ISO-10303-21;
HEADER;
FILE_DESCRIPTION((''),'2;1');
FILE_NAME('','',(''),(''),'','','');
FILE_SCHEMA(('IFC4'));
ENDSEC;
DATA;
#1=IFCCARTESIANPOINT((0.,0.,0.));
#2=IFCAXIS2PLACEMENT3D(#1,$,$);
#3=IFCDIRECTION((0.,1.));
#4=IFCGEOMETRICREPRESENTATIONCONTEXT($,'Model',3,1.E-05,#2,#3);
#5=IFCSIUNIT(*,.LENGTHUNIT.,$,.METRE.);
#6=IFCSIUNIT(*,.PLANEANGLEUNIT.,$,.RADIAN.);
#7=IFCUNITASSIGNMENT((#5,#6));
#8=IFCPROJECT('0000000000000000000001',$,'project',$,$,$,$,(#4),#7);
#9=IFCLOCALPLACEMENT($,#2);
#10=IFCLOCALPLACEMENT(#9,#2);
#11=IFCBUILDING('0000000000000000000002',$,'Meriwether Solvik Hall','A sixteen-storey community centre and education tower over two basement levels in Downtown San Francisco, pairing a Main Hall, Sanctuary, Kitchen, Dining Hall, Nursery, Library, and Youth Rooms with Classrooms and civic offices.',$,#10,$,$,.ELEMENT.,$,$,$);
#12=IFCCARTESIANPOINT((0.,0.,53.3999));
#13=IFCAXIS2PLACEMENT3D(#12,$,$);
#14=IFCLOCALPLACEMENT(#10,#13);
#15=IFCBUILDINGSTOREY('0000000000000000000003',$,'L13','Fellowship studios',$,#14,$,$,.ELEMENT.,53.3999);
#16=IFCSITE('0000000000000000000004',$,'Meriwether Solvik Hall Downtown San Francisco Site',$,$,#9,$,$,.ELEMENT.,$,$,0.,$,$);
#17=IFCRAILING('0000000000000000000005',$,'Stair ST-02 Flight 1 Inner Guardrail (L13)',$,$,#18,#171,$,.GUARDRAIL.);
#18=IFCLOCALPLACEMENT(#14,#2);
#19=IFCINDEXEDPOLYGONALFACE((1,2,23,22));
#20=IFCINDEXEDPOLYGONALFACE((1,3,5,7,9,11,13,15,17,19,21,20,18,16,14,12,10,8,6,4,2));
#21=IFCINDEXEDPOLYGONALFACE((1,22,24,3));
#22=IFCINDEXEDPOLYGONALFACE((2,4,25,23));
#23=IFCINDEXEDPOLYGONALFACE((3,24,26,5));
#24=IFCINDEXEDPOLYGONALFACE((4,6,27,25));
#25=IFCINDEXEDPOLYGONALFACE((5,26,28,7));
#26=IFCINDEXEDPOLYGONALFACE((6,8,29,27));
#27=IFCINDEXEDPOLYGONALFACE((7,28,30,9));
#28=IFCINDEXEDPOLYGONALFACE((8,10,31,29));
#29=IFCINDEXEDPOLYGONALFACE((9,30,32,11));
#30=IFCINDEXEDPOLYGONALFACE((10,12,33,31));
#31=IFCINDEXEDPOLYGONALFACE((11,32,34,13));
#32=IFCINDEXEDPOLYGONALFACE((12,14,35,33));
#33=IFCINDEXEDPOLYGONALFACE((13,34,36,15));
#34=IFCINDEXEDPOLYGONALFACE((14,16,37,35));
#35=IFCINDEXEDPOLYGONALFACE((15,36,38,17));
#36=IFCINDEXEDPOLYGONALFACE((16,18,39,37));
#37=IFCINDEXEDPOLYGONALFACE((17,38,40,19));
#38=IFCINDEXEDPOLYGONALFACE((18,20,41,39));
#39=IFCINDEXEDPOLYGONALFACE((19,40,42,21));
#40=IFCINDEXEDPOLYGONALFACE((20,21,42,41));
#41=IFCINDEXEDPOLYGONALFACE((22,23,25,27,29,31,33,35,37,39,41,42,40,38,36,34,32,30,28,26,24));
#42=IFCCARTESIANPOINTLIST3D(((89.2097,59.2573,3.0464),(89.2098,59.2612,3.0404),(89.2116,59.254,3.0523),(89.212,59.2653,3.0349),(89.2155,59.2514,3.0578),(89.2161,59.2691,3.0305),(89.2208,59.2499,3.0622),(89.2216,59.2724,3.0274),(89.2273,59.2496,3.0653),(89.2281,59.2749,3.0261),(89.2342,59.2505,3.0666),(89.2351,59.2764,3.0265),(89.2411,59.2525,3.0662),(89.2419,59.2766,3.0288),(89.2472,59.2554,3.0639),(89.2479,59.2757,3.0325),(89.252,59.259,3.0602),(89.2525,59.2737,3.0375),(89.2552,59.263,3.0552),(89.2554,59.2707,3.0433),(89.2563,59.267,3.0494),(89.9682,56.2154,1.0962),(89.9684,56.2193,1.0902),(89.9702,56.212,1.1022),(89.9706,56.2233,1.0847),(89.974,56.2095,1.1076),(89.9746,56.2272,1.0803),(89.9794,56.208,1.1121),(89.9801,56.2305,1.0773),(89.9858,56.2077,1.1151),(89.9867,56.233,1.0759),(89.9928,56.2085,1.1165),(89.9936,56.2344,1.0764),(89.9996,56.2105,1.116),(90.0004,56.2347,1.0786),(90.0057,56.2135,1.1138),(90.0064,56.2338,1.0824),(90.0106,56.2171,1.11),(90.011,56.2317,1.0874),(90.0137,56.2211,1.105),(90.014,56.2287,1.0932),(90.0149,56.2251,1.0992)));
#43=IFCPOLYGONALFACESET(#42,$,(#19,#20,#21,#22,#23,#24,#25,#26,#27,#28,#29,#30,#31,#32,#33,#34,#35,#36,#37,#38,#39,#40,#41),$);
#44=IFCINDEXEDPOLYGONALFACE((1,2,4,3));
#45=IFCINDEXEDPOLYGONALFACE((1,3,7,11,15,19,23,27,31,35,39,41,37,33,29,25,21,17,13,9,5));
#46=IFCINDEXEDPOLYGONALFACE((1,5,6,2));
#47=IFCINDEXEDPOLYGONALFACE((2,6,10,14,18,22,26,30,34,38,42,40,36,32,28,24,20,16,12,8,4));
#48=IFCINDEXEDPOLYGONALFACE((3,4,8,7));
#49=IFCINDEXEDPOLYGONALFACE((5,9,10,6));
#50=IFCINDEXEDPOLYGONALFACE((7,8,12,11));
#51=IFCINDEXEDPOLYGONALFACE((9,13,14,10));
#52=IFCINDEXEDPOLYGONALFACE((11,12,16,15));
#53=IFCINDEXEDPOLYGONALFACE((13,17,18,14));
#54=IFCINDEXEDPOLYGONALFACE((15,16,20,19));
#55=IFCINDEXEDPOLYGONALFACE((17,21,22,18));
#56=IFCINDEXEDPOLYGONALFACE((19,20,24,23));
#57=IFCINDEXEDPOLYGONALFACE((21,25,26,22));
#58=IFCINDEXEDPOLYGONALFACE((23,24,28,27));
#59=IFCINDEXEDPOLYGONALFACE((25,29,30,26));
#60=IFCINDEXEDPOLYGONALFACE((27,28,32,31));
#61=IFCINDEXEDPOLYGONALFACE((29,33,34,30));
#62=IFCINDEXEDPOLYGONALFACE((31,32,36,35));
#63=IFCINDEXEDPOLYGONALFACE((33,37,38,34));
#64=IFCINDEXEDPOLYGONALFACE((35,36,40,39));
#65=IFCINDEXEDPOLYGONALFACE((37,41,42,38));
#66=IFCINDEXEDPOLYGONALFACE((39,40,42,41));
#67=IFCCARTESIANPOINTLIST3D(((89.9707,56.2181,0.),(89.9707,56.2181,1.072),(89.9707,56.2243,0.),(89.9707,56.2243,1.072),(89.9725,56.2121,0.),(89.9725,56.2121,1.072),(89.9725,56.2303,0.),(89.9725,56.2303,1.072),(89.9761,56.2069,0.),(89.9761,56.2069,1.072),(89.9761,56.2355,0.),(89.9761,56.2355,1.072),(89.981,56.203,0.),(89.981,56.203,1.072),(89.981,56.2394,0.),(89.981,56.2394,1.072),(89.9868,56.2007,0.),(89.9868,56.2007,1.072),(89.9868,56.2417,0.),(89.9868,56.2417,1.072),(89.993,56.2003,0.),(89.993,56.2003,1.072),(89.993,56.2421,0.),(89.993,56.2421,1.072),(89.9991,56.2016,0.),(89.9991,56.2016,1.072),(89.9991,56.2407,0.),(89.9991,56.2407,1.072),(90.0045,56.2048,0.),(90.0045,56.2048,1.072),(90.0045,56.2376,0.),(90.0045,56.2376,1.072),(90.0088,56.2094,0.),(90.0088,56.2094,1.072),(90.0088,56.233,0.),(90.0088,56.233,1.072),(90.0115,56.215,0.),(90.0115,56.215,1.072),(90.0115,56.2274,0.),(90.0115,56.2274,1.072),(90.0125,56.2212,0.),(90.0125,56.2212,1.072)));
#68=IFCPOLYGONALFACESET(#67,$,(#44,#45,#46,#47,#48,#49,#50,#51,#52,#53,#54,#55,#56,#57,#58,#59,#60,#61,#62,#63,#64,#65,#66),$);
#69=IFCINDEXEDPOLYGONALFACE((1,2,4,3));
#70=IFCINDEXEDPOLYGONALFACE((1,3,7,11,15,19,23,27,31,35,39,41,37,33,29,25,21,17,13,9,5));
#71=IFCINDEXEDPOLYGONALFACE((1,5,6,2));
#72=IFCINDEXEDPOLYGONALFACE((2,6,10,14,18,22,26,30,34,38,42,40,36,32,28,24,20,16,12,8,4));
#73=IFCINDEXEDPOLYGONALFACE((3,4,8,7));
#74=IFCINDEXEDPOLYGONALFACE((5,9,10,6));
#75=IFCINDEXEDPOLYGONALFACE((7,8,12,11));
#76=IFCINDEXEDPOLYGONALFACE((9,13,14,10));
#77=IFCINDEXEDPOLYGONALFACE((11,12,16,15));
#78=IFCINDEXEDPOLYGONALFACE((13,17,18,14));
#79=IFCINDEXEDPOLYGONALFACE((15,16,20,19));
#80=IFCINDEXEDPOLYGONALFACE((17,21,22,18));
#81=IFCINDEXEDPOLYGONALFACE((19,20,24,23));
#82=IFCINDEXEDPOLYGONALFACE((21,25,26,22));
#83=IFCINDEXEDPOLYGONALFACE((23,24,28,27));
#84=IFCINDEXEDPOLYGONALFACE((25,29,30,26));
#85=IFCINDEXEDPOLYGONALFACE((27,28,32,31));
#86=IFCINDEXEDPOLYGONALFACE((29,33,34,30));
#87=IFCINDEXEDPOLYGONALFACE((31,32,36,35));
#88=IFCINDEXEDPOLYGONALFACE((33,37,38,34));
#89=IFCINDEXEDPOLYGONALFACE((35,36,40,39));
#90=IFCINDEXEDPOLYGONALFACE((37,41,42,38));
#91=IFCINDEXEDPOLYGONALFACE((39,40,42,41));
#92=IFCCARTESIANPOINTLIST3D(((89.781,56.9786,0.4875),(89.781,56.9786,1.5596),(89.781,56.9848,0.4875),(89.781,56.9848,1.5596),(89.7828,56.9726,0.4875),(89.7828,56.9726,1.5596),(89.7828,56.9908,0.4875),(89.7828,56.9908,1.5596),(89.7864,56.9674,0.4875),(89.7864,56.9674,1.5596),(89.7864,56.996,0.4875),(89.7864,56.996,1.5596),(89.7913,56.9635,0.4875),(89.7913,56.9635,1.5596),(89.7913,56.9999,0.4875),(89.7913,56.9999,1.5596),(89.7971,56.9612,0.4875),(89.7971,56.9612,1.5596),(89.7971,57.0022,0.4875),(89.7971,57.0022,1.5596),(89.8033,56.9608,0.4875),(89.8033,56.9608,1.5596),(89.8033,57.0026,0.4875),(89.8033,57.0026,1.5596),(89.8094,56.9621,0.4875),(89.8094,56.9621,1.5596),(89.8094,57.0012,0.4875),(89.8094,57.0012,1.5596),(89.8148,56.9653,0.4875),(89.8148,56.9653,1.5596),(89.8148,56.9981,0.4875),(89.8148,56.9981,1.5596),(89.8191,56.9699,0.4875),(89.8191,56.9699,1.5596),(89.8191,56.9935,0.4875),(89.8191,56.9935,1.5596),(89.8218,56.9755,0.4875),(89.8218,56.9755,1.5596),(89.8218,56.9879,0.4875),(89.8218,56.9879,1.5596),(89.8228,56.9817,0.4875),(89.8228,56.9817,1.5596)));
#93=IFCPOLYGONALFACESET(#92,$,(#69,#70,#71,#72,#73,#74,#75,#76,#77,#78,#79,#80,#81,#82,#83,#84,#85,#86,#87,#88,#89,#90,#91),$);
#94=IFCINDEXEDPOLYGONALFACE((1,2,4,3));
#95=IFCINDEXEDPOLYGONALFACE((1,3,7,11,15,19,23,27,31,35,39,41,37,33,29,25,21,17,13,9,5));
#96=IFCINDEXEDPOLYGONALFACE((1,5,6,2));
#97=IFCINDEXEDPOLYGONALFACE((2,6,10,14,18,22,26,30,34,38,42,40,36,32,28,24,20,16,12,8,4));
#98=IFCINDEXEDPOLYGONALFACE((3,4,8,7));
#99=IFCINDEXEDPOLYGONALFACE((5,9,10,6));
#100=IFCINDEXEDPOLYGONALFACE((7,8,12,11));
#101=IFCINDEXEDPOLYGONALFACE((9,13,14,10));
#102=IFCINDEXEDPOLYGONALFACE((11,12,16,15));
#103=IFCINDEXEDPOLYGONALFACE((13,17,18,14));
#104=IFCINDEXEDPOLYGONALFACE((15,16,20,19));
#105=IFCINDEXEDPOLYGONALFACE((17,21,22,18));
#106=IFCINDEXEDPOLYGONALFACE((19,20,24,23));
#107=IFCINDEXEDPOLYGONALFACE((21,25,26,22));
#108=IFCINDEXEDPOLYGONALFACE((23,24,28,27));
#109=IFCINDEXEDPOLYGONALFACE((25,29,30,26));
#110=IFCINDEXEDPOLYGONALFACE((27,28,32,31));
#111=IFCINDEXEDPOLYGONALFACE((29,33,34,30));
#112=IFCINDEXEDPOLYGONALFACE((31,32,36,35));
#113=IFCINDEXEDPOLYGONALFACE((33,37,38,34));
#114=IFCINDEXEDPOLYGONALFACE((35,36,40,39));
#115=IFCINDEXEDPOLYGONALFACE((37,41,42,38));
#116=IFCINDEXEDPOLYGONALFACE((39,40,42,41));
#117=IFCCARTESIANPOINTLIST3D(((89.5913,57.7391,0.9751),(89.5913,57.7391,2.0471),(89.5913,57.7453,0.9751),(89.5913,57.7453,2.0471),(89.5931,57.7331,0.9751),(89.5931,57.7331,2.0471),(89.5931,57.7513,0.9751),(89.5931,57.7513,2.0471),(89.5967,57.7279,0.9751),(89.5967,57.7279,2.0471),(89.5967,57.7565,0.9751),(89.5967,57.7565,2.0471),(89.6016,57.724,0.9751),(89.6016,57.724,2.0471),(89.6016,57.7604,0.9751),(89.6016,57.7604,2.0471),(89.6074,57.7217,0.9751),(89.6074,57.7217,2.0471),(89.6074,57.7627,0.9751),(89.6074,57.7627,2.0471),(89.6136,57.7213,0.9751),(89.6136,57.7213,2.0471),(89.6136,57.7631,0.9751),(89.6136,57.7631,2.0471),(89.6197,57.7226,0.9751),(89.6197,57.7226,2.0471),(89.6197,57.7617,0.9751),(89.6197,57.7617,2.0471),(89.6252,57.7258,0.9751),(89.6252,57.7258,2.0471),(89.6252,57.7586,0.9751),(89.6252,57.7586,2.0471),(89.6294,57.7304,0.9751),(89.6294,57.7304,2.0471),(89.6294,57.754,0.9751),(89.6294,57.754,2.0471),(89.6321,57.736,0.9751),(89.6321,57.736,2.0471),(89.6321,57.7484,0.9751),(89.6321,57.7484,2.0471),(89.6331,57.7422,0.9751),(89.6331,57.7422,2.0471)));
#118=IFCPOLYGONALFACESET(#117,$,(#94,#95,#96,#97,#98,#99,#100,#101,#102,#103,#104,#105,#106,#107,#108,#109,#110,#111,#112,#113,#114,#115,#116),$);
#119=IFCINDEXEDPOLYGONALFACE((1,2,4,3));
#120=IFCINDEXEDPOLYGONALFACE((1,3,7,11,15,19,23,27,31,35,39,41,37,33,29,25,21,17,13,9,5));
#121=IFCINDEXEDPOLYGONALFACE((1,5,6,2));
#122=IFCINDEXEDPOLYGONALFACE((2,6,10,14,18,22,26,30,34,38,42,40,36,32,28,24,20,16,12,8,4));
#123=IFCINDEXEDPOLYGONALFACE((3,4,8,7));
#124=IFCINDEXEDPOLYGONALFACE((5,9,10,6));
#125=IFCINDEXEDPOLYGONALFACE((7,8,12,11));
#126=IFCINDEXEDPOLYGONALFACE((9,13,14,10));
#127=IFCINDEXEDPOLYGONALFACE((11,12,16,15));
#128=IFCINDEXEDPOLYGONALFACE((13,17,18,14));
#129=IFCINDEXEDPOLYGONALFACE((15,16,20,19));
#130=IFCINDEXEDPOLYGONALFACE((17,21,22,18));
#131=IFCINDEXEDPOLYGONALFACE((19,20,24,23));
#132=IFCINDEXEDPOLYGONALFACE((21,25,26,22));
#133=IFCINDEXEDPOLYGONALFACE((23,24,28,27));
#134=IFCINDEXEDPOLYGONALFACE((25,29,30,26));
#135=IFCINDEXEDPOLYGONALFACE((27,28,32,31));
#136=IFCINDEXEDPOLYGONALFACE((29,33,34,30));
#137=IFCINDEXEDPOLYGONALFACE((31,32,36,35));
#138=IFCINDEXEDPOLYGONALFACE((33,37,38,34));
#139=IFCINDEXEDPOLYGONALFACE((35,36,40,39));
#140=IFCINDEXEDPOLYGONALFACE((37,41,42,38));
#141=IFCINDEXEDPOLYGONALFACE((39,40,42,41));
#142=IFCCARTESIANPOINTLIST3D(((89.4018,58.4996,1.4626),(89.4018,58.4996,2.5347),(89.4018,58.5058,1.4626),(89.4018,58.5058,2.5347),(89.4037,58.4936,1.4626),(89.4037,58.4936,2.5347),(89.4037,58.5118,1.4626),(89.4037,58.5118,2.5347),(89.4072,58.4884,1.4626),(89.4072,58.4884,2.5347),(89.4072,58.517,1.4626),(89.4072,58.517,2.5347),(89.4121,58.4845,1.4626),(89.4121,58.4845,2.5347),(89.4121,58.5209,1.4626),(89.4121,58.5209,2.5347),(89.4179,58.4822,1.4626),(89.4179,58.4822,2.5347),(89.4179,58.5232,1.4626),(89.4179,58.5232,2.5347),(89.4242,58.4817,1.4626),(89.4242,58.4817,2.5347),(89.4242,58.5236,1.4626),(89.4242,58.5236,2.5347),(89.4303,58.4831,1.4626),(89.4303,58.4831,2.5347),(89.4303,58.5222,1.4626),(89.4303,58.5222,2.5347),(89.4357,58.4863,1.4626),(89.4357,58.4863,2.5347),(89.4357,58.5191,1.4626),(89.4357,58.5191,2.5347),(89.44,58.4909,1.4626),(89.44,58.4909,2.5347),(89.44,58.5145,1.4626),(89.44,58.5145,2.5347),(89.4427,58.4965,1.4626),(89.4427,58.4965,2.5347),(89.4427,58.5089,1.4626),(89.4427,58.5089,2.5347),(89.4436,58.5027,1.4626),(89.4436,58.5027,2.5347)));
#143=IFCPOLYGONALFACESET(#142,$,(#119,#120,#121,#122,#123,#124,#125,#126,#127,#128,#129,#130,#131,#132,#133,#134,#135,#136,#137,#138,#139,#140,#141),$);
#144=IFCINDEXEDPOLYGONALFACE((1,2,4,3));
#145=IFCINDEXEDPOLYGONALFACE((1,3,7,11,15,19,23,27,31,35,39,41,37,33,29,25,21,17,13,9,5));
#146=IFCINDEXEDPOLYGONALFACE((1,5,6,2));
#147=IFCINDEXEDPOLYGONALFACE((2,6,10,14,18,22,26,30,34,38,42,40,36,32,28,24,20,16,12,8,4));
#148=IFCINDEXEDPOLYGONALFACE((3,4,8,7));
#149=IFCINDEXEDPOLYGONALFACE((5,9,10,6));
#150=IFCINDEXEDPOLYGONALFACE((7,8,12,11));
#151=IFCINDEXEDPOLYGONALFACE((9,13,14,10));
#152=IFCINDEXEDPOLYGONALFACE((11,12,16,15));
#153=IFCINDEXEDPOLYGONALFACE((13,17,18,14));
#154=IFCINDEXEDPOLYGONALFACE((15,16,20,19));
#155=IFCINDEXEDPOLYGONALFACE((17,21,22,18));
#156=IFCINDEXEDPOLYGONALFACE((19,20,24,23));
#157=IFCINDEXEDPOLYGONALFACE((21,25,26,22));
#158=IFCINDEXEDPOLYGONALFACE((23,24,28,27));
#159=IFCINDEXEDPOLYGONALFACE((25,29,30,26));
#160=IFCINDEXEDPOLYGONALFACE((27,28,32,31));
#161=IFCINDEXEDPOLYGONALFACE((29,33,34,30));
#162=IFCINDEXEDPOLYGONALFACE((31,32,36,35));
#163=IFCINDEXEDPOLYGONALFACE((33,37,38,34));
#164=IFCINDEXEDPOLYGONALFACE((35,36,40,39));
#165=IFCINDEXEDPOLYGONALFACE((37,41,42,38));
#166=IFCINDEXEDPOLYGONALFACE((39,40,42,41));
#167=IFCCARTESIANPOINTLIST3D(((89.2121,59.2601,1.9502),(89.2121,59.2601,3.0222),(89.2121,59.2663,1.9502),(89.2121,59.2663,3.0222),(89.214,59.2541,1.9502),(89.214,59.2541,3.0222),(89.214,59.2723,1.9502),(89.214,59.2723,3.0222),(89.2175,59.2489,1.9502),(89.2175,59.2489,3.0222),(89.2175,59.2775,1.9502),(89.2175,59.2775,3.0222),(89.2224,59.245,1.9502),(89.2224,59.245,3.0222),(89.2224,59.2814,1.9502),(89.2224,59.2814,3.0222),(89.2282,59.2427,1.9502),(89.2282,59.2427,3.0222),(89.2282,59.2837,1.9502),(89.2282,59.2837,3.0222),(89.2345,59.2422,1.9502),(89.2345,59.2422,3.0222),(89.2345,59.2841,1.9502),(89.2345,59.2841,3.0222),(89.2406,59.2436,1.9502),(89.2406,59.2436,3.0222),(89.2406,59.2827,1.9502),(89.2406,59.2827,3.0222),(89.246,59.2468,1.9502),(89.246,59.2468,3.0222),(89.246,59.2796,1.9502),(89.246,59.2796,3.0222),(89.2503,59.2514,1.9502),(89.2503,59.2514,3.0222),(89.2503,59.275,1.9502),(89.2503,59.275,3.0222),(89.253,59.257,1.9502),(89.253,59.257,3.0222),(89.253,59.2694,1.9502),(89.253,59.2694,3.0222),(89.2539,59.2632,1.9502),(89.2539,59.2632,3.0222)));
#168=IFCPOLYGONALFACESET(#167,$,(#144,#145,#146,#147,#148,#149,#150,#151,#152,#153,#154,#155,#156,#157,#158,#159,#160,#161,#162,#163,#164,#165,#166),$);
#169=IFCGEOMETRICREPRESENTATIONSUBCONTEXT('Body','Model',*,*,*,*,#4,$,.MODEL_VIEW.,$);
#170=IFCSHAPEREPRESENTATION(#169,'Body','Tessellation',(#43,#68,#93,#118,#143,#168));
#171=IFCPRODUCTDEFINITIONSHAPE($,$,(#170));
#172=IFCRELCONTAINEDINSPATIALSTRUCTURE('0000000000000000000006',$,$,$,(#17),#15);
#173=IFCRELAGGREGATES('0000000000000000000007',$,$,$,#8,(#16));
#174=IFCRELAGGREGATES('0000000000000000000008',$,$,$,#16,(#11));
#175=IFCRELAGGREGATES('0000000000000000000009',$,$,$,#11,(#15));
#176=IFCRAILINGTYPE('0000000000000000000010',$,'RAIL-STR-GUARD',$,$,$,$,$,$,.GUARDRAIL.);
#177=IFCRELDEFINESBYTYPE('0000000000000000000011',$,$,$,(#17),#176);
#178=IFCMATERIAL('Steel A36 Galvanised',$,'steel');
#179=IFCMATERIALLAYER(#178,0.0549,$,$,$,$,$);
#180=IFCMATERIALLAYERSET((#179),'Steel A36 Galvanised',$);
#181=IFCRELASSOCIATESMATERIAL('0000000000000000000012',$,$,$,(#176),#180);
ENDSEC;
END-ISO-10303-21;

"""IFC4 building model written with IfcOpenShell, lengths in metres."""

from ifc_helpers import new_model, si_unit, direction, frame, origin, origin_2d, place, context, subcontext, project, spatial, circle, extrude, material, layer, layer_set, type_object, element, save


model = new_model("IFC4")

# Units and contexts
model_context = context("Model", 3, precision=1e-05, world=origin(), true_north=direction((0.0, 1.0)))
body_context = subcontext(model_context, "Body", "Model", "MODEL_VIEW")
ifc_project = project(units=[si_unit("LENGTHUNIT", "METRE"), si_unit("PLANEANGLEUNIT", "RADIAN")], contexts=[model_context])

# Site, building, storey
site_placement = place(None, origin())
site = spatial("IfcSite", under=ifc_project, at=site_placement, Name="Meriwether Solvik Hall Downtown San Francisco Site", CompositionType="ELEMENT", RefElevation=0.0)
building_placement = place(site_placement, origin())
building = spatial("IfcBuilding", under=site, at=building_placement, Name="Meriwether Solvik Hall", Description="A sixteen-storey community centre and education tower over two basement levels in Downtown San Francisco, pairing a Main Hall, Sanctuary, Kitchen, Dining Hall, Nursery, Library, and Youth Rooms with Classrooms and civic offices.", CompositionType="ELEMENT")
storey_placement = place(building_placement, frame((0.0, 0.0, 53.3999)))
storey = spatial("IfcBuildingStorey", under=building, at=storey_placement, Name="L13", Description="Fellowship studios", CompositionType="ELEMENT", Elevation=53.3999)

# Railing
ifc_material_1 = material(Name="Steel A36 Galvanised", Category="steel")
ifc_layer_1 = layer(ifc_material_1, 0.0549)
ifc_layer_set_1 = layer_set([ifc_layer_1], Name="Steel A36 Galvanised")
railing_type_1 = type_object("IfcRailingType", Name="RAIL-STR-GUARD", PredefinedType="GUARDRAIL", material=ifc_layer_set_1)
railing_1_placement = place(storey_placement, frame((89.9915, 56.2212, 0.0)))
element("IfcRailing", 1, at=railing_1_placement, inside=storey, type_object=railing_type_1, Name="Stair ST-02 Flight 1 Inner Guardrail (L13)", PredefinedType="GUARDRAIL", context=body_context, shape_type="SweptSolid", body=[
    extrude(circle(Radius=0.0239, at=origin_2d()), frame((0.0, 0.0, 1.0962), z_axis=(-0.205445, 0.823896, 0.528193), x_axis=(-0.970289, -0.241949, 0.0)), (0.0, 0.0, 1.0), 3.6921),
    extrude(circle(Radius=0.021, at=origin_2d()), origin(), (0.0, 0.0, 1.0), 1.072),
    extrude(circle(Radius=0.021, at=origin_2d()), frame((-0.1897, 0.7605, 0.4875)), (0.0, 0.0, 1.0), 1.072),
    extrude(circle(Radius=0.021, at=origin_2d()), frame((-0.3794, 1.521, 0.9751)), (0.0, 0.0, 1.0), 1.072),
    extrude(circle(Radius=0.021, at=origin_2d()), frame((-0.5688, 2.2815, 1.4626)), (0.0, 0.0, 1.0), 1.072),
    extrude(circle(Radius=0.021, at=origin_2d()), frame((-0.7585, 3.042, 1.9502)), (0.0, 0.0, 1.0), 1.072),
])

save(model, "model.ifc")
